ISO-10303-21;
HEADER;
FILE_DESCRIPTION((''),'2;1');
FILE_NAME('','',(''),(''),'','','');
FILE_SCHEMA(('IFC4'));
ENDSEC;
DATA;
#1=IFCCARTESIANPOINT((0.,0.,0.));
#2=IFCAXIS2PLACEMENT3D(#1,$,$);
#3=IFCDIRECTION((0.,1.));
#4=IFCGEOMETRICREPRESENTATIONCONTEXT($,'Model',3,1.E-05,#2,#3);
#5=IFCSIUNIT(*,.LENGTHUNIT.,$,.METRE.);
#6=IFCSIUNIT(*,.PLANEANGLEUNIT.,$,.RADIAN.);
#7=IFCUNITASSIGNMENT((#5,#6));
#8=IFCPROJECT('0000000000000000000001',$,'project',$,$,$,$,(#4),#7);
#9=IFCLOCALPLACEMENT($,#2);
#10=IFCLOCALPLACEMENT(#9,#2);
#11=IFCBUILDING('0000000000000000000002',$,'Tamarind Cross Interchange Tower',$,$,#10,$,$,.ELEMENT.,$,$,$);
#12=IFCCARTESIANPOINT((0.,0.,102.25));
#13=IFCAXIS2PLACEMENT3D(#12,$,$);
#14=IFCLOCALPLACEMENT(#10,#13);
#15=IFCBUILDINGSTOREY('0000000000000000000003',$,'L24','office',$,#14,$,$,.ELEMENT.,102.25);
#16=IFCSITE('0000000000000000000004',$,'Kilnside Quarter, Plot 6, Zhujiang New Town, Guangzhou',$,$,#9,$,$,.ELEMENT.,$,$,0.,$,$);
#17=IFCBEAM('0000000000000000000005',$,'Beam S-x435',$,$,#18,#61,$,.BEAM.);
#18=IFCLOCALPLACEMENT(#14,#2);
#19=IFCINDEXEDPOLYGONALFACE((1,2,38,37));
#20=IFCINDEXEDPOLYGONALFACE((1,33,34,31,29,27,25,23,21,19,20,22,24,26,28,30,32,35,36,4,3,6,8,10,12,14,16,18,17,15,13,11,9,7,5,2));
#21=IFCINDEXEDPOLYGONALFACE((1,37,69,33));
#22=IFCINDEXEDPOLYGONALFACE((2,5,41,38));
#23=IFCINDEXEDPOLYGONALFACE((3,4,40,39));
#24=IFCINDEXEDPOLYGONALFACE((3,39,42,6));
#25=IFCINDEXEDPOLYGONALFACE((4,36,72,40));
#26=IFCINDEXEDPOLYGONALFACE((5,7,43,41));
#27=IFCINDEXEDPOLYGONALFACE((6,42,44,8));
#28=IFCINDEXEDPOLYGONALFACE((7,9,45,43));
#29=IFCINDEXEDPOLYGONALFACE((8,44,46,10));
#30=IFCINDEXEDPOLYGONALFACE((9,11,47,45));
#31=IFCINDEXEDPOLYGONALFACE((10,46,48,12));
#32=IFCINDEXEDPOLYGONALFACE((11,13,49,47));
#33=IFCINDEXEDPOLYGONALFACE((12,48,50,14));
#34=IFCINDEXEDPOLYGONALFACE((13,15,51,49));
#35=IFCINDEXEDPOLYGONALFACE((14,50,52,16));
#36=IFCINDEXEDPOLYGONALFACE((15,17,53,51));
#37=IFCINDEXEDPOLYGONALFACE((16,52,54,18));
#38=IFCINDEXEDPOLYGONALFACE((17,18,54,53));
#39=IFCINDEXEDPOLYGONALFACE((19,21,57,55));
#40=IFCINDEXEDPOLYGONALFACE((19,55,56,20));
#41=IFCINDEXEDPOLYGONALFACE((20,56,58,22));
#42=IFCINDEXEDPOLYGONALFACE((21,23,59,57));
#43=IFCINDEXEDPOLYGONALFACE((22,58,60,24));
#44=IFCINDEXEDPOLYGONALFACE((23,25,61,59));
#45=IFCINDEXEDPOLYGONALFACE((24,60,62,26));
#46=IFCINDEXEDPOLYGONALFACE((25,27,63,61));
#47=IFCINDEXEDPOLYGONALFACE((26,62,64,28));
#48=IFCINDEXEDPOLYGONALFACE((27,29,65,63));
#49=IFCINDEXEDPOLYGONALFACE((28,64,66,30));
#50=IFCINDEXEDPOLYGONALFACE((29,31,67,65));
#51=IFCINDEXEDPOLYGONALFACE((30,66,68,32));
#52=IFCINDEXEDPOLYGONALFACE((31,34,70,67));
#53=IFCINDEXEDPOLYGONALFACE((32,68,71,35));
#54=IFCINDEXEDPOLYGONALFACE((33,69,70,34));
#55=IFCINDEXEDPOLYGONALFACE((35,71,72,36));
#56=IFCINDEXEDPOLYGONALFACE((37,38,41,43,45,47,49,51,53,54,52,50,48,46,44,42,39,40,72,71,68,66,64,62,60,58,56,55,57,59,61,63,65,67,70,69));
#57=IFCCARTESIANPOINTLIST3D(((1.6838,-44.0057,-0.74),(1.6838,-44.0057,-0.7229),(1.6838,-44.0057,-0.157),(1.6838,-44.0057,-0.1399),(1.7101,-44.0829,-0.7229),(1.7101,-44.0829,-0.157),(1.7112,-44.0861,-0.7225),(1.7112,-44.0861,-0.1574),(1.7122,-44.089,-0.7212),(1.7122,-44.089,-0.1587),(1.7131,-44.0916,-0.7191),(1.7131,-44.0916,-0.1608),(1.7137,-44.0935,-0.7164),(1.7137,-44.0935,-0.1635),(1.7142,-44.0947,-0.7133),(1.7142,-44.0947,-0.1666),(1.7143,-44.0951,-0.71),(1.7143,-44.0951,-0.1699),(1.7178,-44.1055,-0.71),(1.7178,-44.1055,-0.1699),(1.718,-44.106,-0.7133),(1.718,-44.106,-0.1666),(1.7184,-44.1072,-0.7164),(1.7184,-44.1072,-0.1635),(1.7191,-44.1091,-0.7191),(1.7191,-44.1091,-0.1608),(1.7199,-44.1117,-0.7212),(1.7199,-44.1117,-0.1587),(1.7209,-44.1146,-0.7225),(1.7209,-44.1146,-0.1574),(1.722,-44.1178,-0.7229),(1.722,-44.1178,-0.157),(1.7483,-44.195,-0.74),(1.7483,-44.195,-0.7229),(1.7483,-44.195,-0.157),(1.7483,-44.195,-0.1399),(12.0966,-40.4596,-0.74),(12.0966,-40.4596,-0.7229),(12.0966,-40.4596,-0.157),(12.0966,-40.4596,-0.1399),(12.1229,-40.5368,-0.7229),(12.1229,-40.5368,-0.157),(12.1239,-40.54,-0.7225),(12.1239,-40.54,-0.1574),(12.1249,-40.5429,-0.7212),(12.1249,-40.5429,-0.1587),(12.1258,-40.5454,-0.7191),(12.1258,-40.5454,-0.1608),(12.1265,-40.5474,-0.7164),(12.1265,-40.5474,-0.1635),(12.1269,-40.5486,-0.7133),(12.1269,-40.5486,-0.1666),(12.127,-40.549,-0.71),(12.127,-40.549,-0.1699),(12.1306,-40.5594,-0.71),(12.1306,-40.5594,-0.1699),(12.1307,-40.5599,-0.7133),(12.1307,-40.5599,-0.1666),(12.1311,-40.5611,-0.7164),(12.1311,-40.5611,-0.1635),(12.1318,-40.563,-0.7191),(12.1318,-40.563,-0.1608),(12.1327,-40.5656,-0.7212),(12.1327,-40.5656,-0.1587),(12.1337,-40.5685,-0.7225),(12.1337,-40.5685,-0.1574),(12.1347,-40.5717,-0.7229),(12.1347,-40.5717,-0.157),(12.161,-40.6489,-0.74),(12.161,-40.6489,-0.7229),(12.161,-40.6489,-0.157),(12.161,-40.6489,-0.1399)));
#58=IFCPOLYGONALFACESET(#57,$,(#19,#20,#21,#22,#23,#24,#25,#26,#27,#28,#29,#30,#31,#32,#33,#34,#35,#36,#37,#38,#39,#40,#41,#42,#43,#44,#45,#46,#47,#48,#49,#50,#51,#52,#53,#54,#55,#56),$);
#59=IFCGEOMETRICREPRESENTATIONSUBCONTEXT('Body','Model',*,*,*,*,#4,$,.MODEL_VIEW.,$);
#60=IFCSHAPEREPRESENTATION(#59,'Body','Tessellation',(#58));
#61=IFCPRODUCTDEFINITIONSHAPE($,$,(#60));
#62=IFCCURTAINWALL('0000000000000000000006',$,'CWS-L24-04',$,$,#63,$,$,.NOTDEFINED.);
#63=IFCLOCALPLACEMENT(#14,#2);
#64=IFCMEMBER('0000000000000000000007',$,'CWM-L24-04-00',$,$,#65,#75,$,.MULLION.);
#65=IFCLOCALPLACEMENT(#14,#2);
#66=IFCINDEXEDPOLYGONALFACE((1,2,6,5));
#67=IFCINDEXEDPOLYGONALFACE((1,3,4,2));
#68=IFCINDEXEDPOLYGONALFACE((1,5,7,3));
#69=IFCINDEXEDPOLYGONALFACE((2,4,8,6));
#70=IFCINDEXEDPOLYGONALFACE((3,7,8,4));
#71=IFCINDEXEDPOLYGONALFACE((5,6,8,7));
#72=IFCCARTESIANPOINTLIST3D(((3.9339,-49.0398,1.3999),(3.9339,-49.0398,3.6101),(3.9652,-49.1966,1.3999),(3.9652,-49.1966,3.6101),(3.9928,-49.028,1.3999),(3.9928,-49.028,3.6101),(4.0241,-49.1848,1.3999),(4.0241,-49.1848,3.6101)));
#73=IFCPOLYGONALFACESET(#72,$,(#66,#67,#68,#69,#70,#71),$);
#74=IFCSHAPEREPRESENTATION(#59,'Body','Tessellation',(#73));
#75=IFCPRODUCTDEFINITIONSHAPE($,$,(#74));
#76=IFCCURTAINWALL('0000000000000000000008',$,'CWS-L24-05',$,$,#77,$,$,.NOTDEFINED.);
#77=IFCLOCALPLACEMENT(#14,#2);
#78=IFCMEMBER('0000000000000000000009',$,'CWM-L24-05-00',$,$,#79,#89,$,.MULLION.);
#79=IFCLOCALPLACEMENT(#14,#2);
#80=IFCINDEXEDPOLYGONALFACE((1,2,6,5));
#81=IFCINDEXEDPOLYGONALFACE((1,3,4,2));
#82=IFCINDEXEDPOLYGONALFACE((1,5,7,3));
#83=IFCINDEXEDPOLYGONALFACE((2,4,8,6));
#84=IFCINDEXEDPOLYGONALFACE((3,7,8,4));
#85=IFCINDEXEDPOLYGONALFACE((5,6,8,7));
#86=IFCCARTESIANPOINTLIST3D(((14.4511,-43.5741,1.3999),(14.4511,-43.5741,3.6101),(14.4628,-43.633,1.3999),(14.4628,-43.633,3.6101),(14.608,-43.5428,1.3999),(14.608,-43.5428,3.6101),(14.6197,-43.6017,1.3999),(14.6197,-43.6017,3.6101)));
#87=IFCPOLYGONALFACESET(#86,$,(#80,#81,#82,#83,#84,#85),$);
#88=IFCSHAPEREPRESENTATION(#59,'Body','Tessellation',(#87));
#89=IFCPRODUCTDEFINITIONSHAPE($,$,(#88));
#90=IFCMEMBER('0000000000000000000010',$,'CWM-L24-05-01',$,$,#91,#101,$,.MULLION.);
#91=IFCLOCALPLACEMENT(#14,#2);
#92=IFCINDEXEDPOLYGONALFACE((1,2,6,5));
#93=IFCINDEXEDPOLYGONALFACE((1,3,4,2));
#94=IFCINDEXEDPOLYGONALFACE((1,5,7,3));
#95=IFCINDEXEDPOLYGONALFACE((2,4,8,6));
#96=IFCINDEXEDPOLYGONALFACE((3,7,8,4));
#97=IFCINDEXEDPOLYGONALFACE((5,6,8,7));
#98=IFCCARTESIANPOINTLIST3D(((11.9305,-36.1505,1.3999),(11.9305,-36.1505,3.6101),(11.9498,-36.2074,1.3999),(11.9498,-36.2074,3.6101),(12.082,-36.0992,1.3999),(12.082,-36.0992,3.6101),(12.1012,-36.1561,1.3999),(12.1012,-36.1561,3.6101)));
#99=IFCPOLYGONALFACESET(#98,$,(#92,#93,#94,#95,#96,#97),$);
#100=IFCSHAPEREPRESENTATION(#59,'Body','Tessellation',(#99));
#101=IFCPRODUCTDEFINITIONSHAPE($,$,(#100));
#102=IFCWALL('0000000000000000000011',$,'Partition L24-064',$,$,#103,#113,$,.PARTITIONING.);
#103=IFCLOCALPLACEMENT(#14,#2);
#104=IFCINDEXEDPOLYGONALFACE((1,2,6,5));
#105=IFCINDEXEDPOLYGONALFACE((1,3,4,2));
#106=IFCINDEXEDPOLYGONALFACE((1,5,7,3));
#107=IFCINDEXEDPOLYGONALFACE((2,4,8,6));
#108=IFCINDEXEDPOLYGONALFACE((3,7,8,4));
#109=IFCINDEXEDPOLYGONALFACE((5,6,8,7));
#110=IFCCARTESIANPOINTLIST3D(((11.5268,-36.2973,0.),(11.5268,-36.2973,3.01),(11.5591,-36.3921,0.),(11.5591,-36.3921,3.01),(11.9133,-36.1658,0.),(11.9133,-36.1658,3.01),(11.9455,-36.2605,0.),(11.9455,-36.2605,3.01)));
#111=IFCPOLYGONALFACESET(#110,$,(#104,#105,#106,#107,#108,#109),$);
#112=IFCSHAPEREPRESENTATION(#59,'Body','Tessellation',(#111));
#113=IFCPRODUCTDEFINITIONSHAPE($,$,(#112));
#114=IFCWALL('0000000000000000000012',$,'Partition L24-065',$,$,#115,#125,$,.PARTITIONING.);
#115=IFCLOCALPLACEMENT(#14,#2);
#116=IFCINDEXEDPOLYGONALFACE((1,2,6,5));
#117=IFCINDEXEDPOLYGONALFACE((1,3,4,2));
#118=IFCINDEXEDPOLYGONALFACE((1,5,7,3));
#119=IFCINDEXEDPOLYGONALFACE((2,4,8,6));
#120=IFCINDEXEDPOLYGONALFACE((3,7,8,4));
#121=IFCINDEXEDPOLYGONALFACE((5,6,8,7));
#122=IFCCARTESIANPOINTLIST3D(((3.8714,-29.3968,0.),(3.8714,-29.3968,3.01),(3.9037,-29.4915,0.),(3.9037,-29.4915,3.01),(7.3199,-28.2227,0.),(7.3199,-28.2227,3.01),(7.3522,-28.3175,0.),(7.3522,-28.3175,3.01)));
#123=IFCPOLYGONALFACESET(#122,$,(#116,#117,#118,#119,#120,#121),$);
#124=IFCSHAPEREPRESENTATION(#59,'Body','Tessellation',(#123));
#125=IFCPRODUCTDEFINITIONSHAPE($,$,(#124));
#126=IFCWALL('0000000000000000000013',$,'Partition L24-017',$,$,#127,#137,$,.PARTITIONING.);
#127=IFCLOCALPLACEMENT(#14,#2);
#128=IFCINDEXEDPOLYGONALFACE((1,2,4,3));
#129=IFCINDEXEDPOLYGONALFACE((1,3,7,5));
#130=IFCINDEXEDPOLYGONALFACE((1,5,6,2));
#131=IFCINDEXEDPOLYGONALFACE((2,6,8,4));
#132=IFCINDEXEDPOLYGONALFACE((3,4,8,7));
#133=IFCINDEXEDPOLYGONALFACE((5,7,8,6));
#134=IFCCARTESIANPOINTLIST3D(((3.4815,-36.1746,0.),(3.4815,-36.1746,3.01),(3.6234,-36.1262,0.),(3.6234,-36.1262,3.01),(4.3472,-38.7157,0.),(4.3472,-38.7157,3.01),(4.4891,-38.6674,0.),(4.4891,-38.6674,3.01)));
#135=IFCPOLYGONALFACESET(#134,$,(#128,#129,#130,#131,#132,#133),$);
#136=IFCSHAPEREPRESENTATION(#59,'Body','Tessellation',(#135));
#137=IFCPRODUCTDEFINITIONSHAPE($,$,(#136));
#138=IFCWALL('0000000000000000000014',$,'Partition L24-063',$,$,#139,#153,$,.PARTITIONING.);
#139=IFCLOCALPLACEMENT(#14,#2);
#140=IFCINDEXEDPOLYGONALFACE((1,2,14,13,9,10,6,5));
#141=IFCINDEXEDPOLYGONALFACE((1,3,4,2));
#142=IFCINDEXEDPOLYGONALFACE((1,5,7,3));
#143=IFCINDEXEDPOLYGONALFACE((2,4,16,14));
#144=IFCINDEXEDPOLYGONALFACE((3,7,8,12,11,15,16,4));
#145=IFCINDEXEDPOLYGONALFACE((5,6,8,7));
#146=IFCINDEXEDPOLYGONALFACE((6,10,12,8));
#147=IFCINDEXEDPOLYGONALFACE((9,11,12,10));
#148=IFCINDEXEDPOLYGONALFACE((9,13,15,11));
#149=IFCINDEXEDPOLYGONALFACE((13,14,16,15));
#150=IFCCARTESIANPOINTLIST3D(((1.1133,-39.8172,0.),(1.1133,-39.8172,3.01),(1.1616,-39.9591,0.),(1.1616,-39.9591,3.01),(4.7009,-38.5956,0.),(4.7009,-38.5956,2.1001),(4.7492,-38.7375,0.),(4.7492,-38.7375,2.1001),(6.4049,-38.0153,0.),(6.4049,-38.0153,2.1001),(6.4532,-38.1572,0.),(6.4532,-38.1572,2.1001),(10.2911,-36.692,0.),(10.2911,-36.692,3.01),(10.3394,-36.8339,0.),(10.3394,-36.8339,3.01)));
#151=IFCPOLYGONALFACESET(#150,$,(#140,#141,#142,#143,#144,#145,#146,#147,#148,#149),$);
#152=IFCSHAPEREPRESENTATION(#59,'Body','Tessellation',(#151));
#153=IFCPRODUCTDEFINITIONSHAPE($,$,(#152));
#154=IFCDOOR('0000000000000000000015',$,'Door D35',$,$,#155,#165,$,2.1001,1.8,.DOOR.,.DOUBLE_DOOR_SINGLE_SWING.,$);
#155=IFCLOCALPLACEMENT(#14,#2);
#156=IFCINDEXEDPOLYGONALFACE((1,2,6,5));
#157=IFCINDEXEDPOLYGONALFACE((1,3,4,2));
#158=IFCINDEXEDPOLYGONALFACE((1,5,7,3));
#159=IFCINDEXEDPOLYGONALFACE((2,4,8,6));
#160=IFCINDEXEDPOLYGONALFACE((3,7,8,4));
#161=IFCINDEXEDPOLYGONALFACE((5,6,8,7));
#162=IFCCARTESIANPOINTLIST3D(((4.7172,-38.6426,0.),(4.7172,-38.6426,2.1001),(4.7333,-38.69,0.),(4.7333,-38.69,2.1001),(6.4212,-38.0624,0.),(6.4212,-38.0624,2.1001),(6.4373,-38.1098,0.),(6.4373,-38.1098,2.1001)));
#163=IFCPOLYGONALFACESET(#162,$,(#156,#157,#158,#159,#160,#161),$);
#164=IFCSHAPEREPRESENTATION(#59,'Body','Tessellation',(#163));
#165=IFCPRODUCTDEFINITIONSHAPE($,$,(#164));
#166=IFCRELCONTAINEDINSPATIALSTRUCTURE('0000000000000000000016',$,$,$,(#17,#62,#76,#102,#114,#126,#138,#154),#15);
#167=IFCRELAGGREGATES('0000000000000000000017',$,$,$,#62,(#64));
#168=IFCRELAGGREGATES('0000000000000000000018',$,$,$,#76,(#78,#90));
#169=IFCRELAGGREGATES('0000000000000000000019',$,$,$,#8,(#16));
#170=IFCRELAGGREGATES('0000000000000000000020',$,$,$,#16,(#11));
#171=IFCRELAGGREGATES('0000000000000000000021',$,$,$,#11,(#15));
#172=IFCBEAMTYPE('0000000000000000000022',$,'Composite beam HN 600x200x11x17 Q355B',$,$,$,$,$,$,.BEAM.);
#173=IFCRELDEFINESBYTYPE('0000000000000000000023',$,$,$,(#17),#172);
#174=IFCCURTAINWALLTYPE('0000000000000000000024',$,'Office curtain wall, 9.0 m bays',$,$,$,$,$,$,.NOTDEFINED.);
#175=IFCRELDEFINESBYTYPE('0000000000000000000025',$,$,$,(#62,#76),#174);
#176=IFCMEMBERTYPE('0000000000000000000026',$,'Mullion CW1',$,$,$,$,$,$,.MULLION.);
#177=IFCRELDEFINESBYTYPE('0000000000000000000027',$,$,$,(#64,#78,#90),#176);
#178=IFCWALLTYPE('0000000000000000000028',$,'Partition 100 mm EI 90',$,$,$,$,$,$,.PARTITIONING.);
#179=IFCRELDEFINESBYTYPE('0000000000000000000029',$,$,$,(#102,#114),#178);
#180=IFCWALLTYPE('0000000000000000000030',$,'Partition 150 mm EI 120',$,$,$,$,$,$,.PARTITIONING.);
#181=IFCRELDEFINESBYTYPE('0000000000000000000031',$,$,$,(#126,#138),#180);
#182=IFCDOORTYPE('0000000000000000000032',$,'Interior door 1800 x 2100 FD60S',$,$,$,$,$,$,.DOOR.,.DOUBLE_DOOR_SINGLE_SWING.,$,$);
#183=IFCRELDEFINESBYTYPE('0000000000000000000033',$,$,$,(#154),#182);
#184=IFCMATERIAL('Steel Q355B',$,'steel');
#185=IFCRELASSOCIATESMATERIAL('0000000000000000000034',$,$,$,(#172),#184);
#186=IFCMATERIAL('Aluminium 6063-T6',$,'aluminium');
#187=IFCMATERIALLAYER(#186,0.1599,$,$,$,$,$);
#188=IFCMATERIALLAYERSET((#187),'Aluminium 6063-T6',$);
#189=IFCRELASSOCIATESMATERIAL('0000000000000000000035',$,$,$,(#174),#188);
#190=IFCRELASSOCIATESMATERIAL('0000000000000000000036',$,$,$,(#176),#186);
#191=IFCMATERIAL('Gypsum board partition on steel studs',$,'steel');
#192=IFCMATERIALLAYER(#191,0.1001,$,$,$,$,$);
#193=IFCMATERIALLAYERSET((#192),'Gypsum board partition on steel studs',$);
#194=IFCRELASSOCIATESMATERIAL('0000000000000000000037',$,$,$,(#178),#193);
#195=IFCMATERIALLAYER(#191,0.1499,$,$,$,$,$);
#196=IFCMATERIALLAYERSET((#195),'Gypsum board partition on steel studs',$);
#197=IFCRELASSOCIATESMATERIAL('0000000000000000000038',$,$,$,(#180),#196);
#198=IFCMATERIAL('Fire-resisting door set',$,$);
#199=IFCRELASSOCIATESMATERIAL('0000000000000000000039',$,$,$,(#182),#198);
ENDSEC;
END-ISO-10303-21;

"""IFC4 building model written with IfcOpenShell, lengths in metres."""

from ifc_helpers import new_model, si_unit, direction, frame, frame_2d, origin, origin_2d, place, context, subcontext, project, spatial, rectangle, i_section, extrude, material, layer, layer_set, material_profile, profile_set, type_object, element, fill, aggregate, save


model = new_model("IFC4")

# Units and contexts
model_context = context("Model", 3, precision=1e-05, world=origin(), true_north=direction((0.0, 1.0)))
body_context = subcontext(model_context, "Body", "Model", "MODEL_VIEW")
ifc_project = project(units=[si_unit("LENGTHUNIT", "METRE"), si_unit("PLANEANGLEUNIT", "RADIAN")], contexts=[model_context])

# Site, building, storey
site_placement = place(None, origin())
site = spatial("IfcSite", under=ifc_project, at=site_placement, Name="Kilnside Quarter, Plot 6, Zhujiang New Town, Guangzhou", CompositionType="ELEMENT", RefElevation=0.0)
building_placement = place(site_placement, origin())
building = spatial("IfcBuilding", under=site, at=building_placement, Name="Tamarind Cross Interchange Tower", CompositionType="ELEMENT")
storey_placement = place(building_placement, frame((0.0, 0.0, 102.25)))
storey = spatial("IfcBuildingStorey", under=building, at=storey_placement, Name="L24", Description="office", CompositionType="ELEMENT", Elevation=102.25)

# Beam
ifc_material_1 = material(Name="Steel Q355B", Category="steel")
ifc_material_profile_1 = material_profile(ifc_material_1, i_section(OverallWidth=0.2, OverallDepth=0.6001, WebThickness=0.011, FlangeThickness=0.0171, FilletRadius=0.0129, at=origin_2d()), Name="HN 600x200x11x17")
ifc_profile_set_1 = profile_set([ifc_material_profile_1], Name="Steel Q355B")
beam_type_1 = type_object("IfcBeamType", Name="Composite beam HN 600x200x11x17 Q355B", PredefinedType="BEAM", material=ifc_profile_set_1)
for number, where, z_axis, x_axis, name in (
    (1, (1.7161, -44.1003, -0.4399), (0.946613, 0.322373, 0.0), (-0.322373, 0.946613, 0.0), "Beam S-x435"),
):
    element("IfcBeam", number, at=place(storey_placement, frame(where, z_axis=z_axis, x_axis=x_axis)), inside=storey, type_object=beam_type_1, Name=name, PredefinedType="BEAM", context=body_context, shape_type="SweptSolid", body=[
        extrude(i_section(OverallWidth=0.2, OverallDepth=0.6001, WebThickness=0.011, FlangeThickness=0.0171, FilletRadius=0.0129, at=origin_2d()), origin(), (0.0, 0.0, 1.0), 11.0),
    ])

# Curtain wall, member
ifc_material_2 = material(Name="Aluminium 6063-T6", Category="aluminium")
ifc_layer_1 = layer(ifc_material_2, 0.1599)
ifc_layer_set_1 = layer_set([ifc_layer_1], Name="Aluminium 6063-T6")
curtain_wall_type = type_object("IfcCurtainWallType", Name="Office curtain wall, 9.0 m bays", PredefinedType="NOTDEFINED", material=ifc_layer_set_1)
curtain_wall_1_placement = place(storey_placement, origin())
curtain_wall_1 = element("IfcCurtainWall", 2, at=curtain_wall_1_placement, inside=storey, type_object=curtain_wall_type, Name="CWS-L24-04", PredefinedType="NOTDEFINED")
ifc_material_profile_2 = material_profile(ifc_material_2, rectangle(XDim=0.0601, YDim=0.1599, at=origin_2d()), Name="Mullion CW1")
ifc_profile_set_2 = profile_set([ifc_material_profile_2], Name="Aluminium 6063-T6")
member_type = type_object("IfcMemberType", Name="Mullion CW1", PredefinedType="MULLION", material=ifc_profile_set_2)
member_1_placement = place(storey_placement, frame((3.979, -49.1123, 1.3999), z_axis=(0.0, 0.0, 1.0), x_axis=(0.980593, 0.196056, 0.0)))
member_1 = element("IfcMember", 3, at=member_1_placement, type_object=member_type, Name="CWM-L24-04-00", PredefinedType="MULLION", context=body_context, shape_type="SweptSolid", body=[
    extrude(rectangle(XDim=0.0601, YDim=0.1599, at=origin_2d()), origin(), (0.0, 0.0, 1.0), 2.2102),
])
aggregate(curtain_wall_1, [member_1])

# Curtain wall, members
curtain_wall_2_placement = place(storey_placement, origin())
curtain_wall_2 = element("IfcCurtainWall", 4, at=curtain_wall_2_placement, inside=storey, type_object=curtain_wall_type, Name="CWS-L24-05", PredefinedType="NOTDEFINED")
member_2_placement = place(storey_placement, frame((14.5354, -43.5879, 1.3999), z_axis=(0.0, 0.0, 1.0), x_axis=(-0.195324, 0.980739, 0.0)))
member_2 = element("IfcMember", 5, at=member_2_placement, type_object=member_type, Name="CWM-L24-05-00", PredefinedType="MULLION", context=body_context, shape_type="SweptSolid", body=[
    extrude(rectangle(XDim=0.0601, YDim=0.1599, at=origin_2d()), origin(), (0.0, 0.0, 1.0), 2.2102),
])
member_3_placement = place(storey_placement, frame((12.0159, -36.1533, 1.3999), z_axis=(0.0, 0.0, 1.0), x_axis=(-0.320959, 0.947093, 0.0)))
member_3 = element("IfcMember", 6, at=member_3_placement, type_object=member_type, Name="CWM-L24-05-01", PredefinedType="MULLION", context=body_context, shape_type="SweptSolid", body=[
    extrude(rectangle(XDim=0.0601, YDim=0.1599, at=origin_2d()), origin(), (0.0, 0.0, 1.0), 2.2102),
])
aggregate(curtain_wall_2, [member_2, member_3])

# Walls
ifc_material_3 = material(Name="Gypsum board partition on steel studs", Category="steel")
ifc_layer_2 = layer(ifc_material_3, 0.1001)
ifc_layer_set_2 = layer_set([ifc_layer_2], Name="Gypsum board partition on steel studs")
wall_type_1 = type_object("IfcWallType", Name="Partition 100 mm EI 90", PredefinedType="PARTITIONING", material=ifc_layer_set_2)
wall_1_placement = place(storey_placement, frame((11.543, -36.3447, 0.0), z_axis=(0.0, 0.0, 1.0), x_axis=(0.94663, 0.322321, 0.0)))
element("IfcWall", 7, at=wall_1_placement, inside=storey, type_object=wall_type_1, Name="Partition L24-064", PredefinedType="PARTITIONING", context=body_context, shape_type="SweptSolid", body=[
    extrude(rectangle(XDim=0.4082, YDim=0.1001, at=frame_2d((0.2041, 0.0))), origin(), (0.0, 0.0, 1.0), 3.01),
])
wall_2_placement = place(storey_placement, frame((3.8877, -29.4441, 0.0), z_axis=(0.0, 0.0, 1.0), x_axis=(0.94664, 0.322293, 0.0)))
element("IfcWall", 8, at=wall_2_placement, inside=storey, type_object=wall_type_1, Name="Partition L24-065", PredefinedType="PARTITIONING", context=body_context, shape_type="SweptSolid", body=[
    extrude(rectangle(XDim=3.6428, YDim=0.1001, at=frame_2d((1.8213, 0.0))), origin(), (0.0, 0.0, 1.0), 3.01),
])
ifc_layer_3 = layer(ifc_material_3, 0.1499)
ifc_layer_set_3 = layer_set([ifc_layer_3], Name="Gypsum board partition on steel studs")
wall_type_2 = type_object("IfcWallType", Name="Partition 150 mm EI 120", PredefinedType="PARTITIONING", material=ifc_layer_set_3)
wall_3_placement = place(storey_placement, frame((3.5525, -36.1504, 0.0), z_axis=(0.0, 0.0, 1.0), x_axis=(0.322468, -0.94658, 0.0)))
element("IfcWall", 9, at=wall_3_placement, inside=storey, type_object=wall_type_2, Name="Partition L24-017", PredefinedType="PARTITIONING", context=body_context, shape_type="SweptSolid", body=[
    extrude(rectangle(XDim=2.6846, YDim=0.1499, at=frame_2d((1.3423, 0.0))), origin(), (0.0, 0.0, 1.0), 3.01),
])

# Wall, opening, door
wall_4_placement = place(storey_placement, frame((1.1375, -39.8882, 0.0), z_axis=(0.0, 0.0, 1.0), x_axis=(0.946621, 0.322348, 0.0)))
wall_4 = element("IfcWall", 10, at=wall_4_placement, inside=storey, type_object=wall_type_2, Name="Partition L24-063", PredefinedType="PARTITIONING", context=body_context, shape_type="SweptSolid", body=[
    extrude(rectangle(XDim=9.6953, YDim=0.1499, at=frame_2d((4.8477, 0.0))), origin(), (0.0, 0.0, 1.0), 3.01),
])
opening_1_placement = place(wall_4_placement, frame((3.79, 0.0, 0.0)))
opening_1 = element("IfcOpeningElement", 11, at=opening_1_placement, cuts=wall_4, PredefinedType="OPENING", context=body_context, shape_type="SweptSolid", body=[
    extrude(rectangle(XDim=1.8, YDim=2.1001, at=frame_2d((0.8999, 1.05))), frame((0.0, 0.085, 0.0), z_axis=(0.0, -1.0, 0.0), x_axis=(1.0, 0.0, 0.0)), (0.0, 0.0, 1.0), 0.1699),
])
ifc_material_4 = material(Name="Fire-resisting door set")
door_type_1 = type_object("IfcDoorType", Name="Interior door 1800 x 2100 FD60S", OperationType="DOUBLE_DOOR_SINGLE_SWING", PredefinedType="DOOR", material=ifc_material_4)
door_1_placement = place(opening_1_placement, frame((1.8, 0.0, 0.0), z_axis=(0.0, 0.0, 1.0), x_axis=(-1.0, 0.0, 0.0)))
door_1 = element("IfcDoor", 12, at=door_1_placement, inside=storey, type_object=door_type_1, Name="Door D35", OperationType="DOUBLE_DOOR_SINGLE_SWING", OverallHeight=2.1001, OverallWidth=1.8, PredefinedType="DOOR", context=body_context, shape_type="SweptSolid", body=[
    extrude(rectangle(XDim=1.8, YDim=2.1001, at=frame_2d((0.8999, 1.05))), frame((0.0, 0.0249, 0.0), z_axis=(0.0, -1.0, 0.0), x_axis=(1.0, 0.0, 0.0)), (0.0, 0.0, 1.0), 0.05),
])
fill(opening_1, door_1)

save(model, "model.ifc")
